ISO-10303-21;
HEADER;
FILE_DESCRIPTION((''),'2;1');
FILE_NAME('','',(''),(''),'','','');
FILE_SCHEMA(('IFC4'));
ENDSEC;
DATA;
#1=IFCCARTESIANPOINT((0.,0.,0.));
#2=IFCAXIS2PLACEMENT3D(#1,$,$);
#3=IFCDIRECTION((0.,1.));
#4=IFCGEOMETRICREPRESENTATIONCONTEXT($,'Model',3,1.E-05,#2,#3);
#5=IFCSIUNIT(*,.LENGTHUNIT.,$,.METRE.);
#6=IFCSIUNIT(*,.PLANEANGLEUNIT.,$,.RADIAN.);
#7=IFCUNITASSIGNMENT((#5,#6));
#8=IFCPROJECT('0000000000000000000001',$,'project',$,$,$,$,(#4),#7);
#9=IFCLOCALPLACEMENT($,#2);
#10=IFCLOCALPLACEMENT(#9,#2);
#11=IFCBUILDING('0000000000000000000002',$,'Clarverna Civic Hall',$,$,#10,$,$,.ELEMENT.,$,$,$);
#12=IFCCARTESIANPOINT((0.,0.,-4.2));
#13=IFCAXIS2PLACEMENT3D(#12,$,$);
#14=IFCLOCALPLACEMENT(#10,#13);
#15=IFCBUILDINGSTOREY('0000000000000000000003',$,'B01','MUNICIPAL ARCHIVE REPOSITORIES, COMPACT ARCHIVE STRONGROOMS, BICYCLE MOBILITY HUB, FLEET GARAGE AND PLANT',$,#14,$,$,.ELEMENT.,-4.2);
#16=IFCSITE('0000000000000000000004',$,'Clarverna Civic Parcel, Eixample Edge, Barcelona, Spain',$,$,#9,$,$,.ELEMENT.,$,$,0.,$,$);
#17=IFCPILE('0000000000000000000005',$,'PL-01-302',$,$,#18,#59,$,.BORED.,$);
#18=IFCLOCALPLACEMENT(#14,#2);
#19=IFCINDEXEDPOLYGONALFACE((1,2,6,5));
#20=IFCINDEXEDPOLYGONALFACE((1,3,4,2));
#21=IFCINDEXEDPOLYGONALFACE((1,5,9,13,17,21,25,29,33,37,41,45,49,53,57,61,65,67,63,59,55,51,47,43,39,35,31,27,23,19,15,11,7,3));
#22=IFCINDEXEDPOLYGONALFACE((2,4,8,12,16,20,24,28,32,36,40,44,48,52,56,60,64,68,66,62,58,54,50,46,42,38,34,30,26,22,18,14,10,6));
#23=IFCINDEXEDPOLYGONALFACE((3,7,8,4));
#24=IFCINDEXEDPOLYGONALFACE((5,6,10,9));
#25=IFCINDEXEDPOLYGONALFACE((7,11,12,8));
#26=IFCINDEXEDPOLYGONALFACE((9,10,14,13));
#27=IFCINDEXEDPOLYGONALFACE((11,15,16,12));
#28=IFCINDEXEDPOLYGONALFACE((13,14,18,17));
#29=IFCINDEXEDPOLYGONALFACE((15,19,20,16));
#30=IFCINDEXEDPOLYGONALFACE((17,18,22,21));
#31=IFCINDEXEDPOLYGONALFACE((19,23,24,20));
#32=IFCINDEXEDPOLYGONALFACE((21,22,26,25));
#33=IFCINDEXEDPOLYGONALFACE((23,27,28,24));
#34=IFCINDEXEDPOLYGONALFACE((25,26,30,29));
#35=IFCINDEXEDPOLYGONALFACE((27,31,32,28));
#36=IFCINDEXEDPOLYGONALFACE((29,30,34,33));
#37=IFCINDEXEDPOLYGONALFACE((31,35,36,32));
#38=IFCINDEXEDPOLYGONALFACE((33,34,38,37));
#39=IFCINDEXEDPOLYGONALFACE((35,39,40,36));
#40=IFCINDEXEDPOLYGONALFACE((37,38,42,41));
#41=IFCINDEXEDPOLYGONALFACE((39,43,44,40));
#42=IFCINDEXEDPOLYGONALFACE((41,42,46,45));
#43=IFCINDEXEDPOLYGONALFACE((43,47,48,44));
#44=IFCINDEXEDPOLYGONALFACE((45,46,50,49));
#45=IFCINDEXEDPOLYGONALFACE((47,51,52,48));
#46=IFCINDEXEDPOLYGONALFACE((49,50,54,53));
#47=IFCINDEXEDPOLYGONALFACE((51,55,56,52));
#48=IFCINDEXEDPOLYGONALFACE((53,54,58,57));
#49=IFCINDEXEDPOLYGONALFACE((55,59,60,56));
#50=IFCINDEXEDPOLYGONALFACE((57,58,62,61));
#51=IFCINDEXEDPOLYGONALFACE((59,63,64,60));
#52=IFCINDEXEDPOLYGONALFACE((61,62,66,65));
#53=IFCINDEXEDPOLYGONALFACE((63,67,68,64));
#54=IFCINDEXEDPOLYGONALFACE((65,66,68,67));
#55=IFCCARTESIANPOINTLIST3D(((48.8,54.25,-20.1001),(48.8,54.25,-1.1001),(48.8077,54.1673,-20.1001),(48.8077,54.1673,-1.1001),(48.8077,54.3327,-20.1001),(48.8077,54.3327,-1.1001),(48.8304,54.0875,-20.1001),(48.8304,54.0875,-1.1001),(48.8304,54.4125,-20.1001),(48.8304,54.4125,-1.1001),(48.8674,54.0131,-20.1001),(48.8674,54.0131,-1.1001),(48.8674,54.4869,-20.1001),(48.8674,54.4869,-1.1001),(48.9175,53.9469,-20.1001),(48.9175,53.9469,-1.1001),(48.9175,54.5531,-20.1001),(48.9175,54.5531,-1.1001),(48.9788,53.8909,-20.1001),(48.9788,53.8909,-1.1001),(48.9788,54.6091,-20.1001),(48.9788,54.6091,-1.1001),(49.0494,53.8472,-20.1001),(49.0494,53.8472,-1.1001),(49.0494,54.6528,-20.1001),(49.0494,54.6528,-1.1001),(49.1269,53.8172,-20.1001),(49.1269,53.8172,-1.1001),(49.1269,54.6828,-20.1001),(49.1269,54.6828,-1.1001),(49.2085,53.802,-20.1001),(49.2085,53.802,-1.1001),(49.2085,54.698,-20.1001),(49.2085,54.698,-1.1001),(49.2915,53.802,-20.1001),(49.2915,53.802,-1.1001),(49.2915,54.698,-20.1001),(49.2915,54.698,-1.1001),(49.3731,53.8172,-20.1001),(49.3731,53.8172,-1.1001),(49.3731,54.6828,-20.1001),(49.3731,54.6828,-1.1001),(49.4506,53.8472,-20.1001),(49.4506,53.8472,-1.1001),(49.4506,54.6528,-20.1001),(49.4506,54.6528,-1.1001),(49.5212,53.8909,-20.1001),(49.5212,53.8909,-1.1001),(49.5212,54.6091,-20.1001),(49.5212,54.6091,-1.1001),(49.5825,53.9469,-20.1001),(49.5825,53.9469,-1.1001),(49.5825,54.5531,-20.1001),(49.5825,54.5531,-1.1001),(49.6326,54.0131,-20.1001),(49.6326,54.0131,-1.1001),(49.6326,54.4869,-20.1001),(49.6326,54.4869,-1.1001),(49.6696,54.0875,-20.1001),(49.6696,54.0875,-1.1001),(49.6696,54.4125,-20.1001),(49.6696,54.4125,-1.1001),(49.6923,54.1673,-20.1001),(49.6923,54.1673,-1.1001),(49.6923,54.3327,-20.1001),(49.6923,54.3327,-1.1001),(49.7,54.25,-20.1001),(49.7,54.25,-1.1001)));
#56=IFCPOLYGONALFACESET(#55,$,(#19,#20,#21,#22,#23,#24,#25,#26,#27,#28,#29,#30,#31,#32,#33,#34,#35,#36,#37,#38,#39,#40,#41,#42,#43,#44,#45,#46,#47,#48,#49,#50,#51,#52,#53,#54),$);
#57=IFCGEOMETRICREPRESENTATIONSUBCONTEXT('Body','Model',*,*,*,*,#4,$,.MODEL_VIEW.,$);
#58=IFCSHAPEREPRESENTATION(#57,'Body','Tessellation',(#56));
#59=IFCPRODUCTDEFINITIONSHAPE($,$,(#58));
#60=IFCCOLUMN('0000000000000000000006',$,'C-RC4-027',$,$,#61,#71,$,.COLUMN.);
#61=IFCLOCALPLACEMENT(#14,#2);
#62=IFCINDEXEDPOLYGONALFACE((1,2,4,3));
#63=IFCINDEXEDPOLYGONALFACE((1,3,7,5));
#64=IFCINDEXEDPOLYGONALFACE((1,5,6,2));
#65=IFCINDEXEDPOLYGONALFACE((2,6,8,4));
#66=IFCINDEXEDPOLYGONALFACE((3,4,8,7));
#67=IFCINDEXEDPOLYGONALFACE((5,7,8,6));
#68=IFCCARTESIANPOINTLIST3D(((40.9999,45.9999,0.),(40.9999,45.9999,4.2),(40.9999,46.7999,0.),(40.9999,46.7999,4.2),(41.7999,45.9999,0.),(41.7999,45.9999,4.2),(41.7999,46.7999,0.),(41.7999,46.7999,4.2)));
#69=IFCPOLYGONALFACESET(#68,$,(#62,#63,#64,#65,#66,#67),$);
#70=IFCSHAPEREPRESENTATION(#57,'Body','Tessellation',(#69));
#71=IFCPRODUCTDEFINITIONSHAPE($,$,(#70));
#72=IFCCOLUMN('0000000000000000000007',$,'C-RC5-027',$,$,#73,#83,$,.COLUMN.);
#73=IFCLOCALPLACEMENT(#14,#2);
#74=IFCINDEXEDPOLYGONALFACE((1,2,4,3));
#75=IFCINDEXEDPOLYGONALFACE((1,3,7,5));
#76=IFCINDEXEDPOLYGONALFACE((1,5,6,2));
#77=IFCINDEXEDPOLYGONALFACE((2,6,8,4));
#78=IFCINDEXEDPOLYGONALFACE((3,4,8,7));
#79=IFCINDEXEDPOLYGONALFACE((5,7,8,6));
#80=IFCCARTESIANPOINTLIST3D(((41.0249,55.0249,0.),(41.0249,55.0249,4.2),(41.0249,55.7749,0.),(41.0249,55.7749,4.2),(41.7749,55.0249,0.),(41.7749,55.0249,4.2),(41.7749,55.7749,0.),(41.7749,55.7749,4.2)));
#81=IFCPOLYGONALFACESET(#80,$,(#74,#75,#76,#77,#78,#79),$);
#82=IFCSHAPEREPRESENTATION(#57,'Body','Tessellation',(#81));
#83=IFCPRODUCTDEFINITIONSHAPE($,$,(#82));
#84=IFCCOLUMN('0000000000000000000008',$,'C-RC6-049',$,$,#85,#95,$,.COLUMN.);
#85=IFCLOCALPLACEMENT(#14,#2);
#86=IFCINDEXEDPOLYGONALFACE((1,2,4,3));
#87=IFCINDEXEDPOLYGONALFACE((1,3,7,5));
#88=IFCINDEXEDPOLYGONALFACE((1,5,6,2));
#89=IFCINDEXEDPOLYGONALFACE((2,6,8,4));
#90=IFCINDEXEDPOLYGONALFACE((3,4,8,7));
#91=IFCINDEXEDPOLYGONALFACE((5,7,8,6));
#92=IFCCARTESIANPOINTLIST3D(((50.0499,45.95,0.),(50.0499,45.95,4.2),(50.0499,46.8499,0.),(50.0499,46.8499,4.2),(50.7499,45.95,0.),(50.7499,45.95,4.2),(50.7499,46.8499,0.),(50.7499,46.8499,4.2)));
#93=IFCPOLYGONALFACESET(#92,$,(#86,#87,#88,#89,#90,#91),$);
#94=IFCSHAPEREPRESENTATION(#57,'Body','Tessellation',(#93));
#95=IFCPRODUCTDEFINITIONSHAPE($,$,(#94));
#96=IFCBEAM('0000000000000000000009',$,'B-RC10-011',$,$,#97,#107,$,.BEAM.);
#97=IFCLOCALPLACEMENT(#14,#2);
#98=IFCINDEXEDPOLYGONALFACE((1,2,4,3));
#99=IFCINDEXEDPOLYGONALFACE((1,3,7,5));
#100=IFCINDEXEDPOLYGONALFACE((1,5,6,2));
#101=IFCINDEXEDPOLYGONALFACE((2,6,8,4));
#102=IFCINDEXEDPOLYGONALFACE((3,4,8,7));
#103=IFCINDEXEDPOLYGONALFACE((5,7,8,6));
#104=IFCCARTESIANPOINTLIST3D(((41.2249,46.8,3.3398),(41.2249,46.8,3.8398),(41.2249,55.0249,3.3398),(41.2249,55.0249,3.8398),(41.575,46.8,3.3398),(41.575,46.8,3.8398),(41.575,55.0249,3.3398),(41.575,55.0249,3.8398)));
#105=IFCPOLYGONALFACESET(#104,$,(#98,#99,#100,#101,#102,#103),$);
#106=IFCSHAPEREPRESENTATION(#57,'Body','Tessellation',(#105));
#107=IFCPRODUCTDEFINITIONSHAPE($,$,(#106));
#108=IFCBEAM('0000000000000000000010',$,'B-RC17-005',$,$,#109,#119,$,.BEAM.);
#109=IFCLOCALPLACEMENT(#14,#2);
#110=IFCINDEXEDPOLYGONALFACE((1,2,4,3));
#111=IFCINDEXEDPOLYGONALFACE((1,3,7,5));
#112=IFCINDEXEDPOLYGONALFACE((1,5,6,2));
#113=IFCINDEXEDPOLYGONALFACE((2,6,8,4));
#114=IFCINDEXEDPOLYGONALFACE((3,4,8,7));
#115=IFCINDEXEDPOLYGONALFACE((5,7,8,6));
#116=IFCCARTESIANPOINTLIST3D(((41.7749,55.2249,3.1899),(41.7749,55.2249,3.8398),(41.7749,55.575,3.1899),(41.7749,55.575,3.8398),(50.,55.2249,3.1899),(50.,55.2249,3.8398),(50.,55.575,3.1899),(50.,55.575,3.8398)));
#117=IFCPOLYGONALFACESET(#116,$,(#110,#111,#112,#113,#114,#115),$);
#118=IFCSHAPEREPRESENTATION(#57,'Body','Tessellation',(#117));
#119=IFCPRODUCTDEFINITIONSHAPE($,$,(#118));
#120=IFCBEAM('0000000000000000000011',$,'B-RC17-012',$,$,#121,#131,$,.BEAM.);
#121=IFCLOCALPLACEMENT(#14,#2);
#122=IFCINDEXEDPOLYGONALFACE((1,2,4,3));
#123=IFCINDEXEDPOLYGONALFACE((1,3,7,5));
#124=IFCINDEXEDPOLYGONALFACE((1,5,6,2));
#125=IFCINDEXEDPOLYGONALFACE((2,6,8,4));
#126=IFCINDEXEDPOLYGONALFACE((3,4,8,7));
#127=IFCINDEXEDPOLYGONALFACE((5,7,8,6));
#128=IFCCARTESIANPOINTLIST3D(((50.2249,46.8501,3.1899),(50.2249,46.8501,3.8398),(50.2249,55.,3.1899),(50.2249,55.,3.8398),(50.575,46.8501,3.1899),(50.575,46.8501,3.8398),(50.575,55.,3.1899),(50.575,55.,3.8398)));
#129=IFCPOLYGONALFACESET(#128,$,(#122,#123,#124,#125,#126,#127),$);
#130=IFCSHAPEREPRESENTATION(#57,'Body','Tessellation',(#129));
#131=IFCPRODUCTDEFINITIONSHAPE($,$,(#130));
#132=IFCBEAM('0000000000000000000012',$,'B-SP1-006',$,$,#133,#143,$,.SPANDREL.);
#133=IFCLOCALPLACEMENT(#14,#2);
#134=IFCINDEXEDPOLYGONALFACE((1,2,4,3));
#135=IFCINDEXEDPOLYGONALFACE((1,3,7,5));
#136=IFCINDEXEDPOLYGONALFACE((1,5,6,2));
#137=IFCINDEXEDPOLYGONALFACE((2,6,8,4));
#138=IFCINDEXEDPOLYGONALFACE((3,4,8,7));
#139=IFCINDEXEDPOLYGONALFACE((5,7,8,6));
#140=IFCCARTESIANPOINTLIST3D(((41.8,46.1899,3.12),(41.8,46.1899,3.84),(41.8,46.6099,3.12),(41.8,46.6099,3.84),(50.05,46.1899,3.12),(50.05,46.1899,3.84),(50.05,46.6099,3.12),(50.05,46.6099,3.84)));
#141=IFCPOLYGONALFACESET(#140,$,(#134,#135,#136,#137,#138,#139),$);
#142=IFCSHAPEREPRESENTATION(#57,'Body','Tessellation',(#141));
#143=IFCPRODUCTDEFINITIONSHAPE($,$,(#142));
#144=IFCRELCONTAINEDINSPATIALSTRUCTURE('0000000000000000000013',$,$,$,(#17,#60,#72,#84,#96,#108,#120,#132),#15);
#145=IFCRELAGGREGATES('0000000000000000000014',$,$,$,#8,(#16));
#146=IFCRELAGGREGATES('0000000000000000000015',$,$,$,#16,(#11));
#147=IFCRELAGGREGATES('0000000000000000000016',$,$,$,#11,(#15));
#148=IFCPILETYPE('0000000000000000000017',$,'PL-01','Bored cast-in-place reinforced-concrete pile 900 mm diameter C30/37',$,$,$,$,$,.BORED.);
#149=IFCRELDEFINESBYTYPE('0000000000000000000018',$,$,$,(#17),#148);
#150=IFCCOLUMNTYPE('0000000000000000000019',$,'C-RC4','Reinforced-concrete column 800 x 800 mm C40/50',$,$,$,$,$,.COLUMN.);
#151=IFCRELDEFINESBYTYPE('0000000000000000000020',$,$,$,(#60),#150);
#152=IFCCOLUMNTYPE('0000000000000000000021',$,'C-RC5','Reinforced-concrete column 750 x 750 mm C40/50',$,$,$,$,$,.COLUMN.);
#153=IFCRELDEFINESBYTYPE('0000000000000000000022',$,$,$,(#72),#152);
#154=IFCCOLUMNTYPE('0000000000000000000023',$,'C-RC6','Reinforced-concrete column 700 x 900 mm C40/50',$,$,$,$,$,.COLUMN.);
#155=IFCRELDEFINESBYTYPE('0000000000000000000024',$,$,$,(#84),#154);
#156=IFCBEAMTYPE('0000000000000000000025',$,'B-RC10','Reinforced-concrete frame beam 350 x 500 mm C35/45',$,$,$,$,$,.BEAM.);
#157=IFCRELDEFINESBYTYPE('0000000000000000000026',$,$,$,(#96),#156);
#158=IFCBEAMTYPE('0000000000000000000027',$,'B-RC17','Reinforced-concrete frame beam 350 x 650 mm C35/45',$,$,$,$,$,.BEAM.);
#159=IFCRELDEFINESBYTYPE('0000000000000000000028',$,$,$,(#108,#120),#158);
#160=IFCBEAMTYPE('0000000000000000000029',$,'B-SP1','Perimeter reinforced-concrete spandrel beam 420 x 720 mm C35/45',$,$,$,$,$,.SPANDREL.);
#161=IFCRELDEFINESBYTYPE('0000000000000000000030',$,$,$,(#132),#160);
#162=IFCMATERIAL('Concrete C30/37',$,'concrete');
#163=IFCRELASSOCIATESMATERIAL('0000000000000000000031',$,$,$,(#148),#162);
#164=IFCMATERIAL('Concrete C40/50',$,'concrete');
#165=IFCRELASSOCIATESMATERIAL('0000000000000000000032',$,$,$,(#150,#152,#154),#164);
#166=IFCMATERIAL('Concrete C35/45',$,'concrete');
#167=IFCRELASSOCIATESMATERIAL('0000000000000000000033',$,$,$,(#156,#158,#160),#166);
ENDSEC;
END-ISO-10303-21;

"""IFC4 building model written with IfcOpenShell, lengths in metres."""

from ifc_helpers import new_model, si_unit, direction, frame, origin, origin_2d, place, context, subcontext, project, spatial, rectangle, circle, extrude, material, material_profile, profile_set, type_object, element, save


model = new_model("IFC4")

# Units and contexts
model_context = context("Model", 3, precision=1e-05, world=origin(), true_north=direction((0.0, 1.0)))
body_context = subcontext(model_context, "Body", "Model", "MODEL_VIEW")
ifc_project = project(units=[si_unit("LENGTHUNIT", "METRE"), si_unit("PLANEANGLEUNIT", "RADIAN")], contexts=[model_context])

# Site, building, storey
site_placement = place(None, origin())
site = spatial("IfcSite", under=ifc_project, at=site_placement, Name="Clarverna Civic Parcel, Eixample Edge, Barcelona, Spain", CompositionType="ELEMENT", RefElevation=0.0)
building_placement = place(site_placement, origin())
building = spatial("IfcBuilding", under=site, at=building_placement, Name="Clarverna Civic Hall", CompositionType="ELEMENT")
storey_placement = place(building_placement, frame((0.0, 0.0, -4.2)))
storey = spatial("IfcBuildingStorey", under=building, at=storey_placement, Name="B01", Description="MUNICIPAL ARCHIVE REPOSITORIES, COMPACT ARCHIVE STRONGROOMS, BICYCLE MOBILITY HUB, FLEET GARAGE AND PLANT", CompositionType="ELEMENT", Elevation=-4.2)

# Shared definitions
ifc_material_1 = material(Name="Concrete C30/37", Category="concrete")

# Pile
ifc_material_profile_1 = material_profile(ifc_material_1, circle(Radius=0.45, at=origin_2d()), Name="BORED PILE D900")
ifc_profile_set_1 = profile_set([ifc_material_profile_1], Name="Concrete C30/37")
pile_type = type_object("IfcPileType", Name="PL-01", Description="Bored cast-in-place reinforced-concrete pile 900 mm diameter C30/37", PredefinedType="BORED", material=ifc_profile_set_1)
for number, where, z_axis, x_axis, name in (
    (1, (49.25, 54.25, -1.1001), (0.0, 0.0, -1.0), (1.0, 0.0, 0.0), "PL-01-302"),
):
    element("IfcPile", number, at=place(storey_placement, frame(where, z_axis=z_axis, x_axis=x_axis)), inside=storey, type_object=pile_type, Name=name, PredefinedType="BORED", context=body_context, shape_type="SweptSolid", body=[
        extrude(circle(Radius=0.45, at=origin_2d()), origin(), (0.0, 0.0, 1.0), 19.0),
    ])

# Columns
ifc_material_2 = material(Name="Concrete C40/50", Category="concrete")
ifc_material_profile_2 = material_profile(ifc_material_2, rectangle(XDim=0.8, YDim=0.8, at=origin_2d()), Name="RC 800x800")
ifc_profile_set_2 = profile_set([ifc_material_profile_2], Name="Concrete C40/50")
column_type_1 = type_object("IfcColumnType", Name="C-RC4", Description="Reinforced-concrete column 800 x 800 mm C40/50", PredefinedType="COLUMN", material=ifc_profile_set_2)
column_1_placement = place(storey_placement, frame((41.3999, 46.3999, 0.0), z_axis=(0.0, 0.0, 1.0), x_axis=(1.0, 0.0, 0.0)))
element("IfcColumn", 2, at=column_1_placement, inside=storey, type_object=column_type_1, Name="C-RC4-027", PredefinedType="COLUMN", context=body_context, shape_type="SweptSolid", body=[
    extrude(rectangle(XDim=0.8, YDim=0.8, at=origin_2d()), origin(), (0.0, 0.0, 1.0), 4.2),
])
ifc_material_profile_3 = material_profile(ifc_material_2, rectangle(XDim=0.75, YDim=0.75, at=origin_2d()), Name="RC 750x750")
ifc_profile_set_3 = profile_set([ifc_material_profile_3], Name="Concrete C40/50")
column_type_2 = type_object("IfcColumnType", Name="C-RC5", Description="Reinforced-concrete column 750 x 750 mm C40/50", PredefinedType="COLUMN", material=ifc_profile_set_3)
column_2_placement = place(storey_placement, frame((41.3999, 55.3999, 0.0), z_axis=(0.0, 0.0, 1.0), x_axis=(1.0, 0.0, 0.0)))
element("IfcColumn", 3, at=column_2_placement, inside=storey, type_object=column_type_2, Name="C-RC5-027", PredefinedType="COLUMN", context=body_context, shape_type="SweptSolid", body=[
    extrude(rectangle(XDim=0.75, YDim=0.75, at=origin_2d()), origin(), (0.0, 0.0, 1.0), 4.2),
])
ifc_material_profile_4 = material_profile(ifc_material_2, rectangle(XDim=0.7, YDim=0.8999, at=origin_2d()), Name="RC 700x900")
ifc_profile_set_4 = profile_set([ifc_material_profile_4], Name="Concrete C40/50")
column_type_3 = type_object("IfcColumnType", Name="C-RC6", Description="Reinforced-concrete column 700 x 900 mm C40/50", PredefinedType="COLUMN", material=ifc_profile_set_4)
column_3_placement = place(storey_placement, frame((50.3999, 46.3999, 0.0), z_axis=(0.0, 0.0, 1.0), x_axis=(1.0, 0.0, 0.0)))
element("IfcColumn", 4, at=column_3_placement, inside=storey, type_object=column_type_3, Name="C-RC6-049", PredefinedType="COLUMN", context=body_context, shape_type="SweptSolid", body=[
    extrude(rectangle(XDim=0.7, YDim=0.8999, at=origin_2d()), origin(), (0.0, 0.0, 1.0), 4.2),
])

# Beams
ifc_material_3 = material(Name="Concrete C35/45", Category="concrete")
ifc_material_profile_5 = material_profile(ifc_material_3, rectangle(XDim=0.3501, YDim=0.5, at=origin_2d()), Name="RC 350x500")
ifc_profile_set_5 = profile_set([ifc_material_profile_5], Name="Concrete C35/45")
beam_type_1 = type_object("IfcBeamType", Name="B-RC10", Description="Reinforced-concrete frame beam 350 x 500 mm C35/45", PredefinedType="BEAM", material=ifc_profile_set_5)
beam_1_placement = place(storey_placement, frame((41.3999, 46.8, 3.5898), z_axis=(0.0, 1.0, 0.0), x_axis=(-1.0, 0.0, 0.0)))
element("IfcBeam", 5, at=beam_1_placement, inside=storey, type_object=beam_type_1, Name="B-RC10-011", PredefinedType="BEAM", context=body_context, shape_type="SweptSolid", body=[
    extrude(rectangle(XDim=0.3501, YDim=0.5, at=origin_2d()), origin(), (0.0, 0.0, 1.0), 8.2249),
])
ifc_material_profile_6 = material_profile(ifc_material_3, rectangle(XDim=0.3501, YDim=0.6499, at=origin_2d()), Name="RC 350x650")
ifc_profile_set_6 = profile_set([ifc_material_profile_6], Name="Concrete C35/45")
beam_type_2 = type_object("IfcBeamType", Name="B-RC17", Description="Reinforced-concrete frame beam 350 x 650 mm C35/45", PredefinedType="BEAM", material=ifc_profile_set_6)
beam_2_placement = place(storey_placement, frame((41.7749, 55.3999, 3.5149), z_axis=(1.0, 0.0, 0.0), x_axis=(0.0, 1.0, 0.0)))
element("IfcBeam", 6, at=beam_2_placement, inside=storey, type_object=beam_type_2, Name="B-RC17-005", PredefinedType="BEAM", context=body_context, shape_type="SweptSolid", body=[
    extrude(rectangle(XDim=0.3501, YDim=0.6499, at=origin_2d()), origin(), (0.0, 0.0, 1.0), 8.2251),
])
beam_3_placement = place(storey_placement, frame((50.3999, 46.8501, 3.5149), z_axis=(0.0, 1.0, 0.0), x_axis=(-1.0, 0.0, 0.0)))
element("IfcBeam", 7, at=beam_3_placement, inside=storey, type_object=beam_type_2, Name="B-RC17-012", PredefinedType="BEAM", context=body_context, shape_type="SweptSolid", body=[
    extrude(rectangle(XDim=0.3501, YDim=0.6499, at=origin_2d()), origin(), (0.0, 0.0, 1.0), 8.1499),
])
ifc_material_profile_7 = material_profile(ifc_material_3, rectangle(XDim=0.4199, YDim=0.72, at=origin_2d()), Name="RC 420x720")
ifc_profile_set_7 = profile_set([ifc_material_profile_7], Name="Concrete C35/45")
beam_type_3 = type_object("IfcBeamType", Name="B-SP1", Description="Perimeter reinforced-concrete spandrel beam 420 x 720 mm C35/45", PredefinedType="SPANDREL", material=ifc_profile_set_7)
beam_4_placement = place(storey_placement, frame((41.8, 46.3999, 3.48), z_axis=(1.0, 0.0, 0.0), x_axis=(0.0, 1.0, 0.0)))
element("IfcBeam", 8, at=beam_4_placement, inside=storey, type_object=beam_type_3, Name="B-SP1-006", PredefinedType="SPANDREL", context=body_context, shape_type="SweptSolid", body=[
    extrude(rectangle(XDim=0.4199, YDim=0.72, at=origin_2d()), origin(), (0.0, 0.0, 1.0), 8.25),
])

save(model, "model.ifc")
